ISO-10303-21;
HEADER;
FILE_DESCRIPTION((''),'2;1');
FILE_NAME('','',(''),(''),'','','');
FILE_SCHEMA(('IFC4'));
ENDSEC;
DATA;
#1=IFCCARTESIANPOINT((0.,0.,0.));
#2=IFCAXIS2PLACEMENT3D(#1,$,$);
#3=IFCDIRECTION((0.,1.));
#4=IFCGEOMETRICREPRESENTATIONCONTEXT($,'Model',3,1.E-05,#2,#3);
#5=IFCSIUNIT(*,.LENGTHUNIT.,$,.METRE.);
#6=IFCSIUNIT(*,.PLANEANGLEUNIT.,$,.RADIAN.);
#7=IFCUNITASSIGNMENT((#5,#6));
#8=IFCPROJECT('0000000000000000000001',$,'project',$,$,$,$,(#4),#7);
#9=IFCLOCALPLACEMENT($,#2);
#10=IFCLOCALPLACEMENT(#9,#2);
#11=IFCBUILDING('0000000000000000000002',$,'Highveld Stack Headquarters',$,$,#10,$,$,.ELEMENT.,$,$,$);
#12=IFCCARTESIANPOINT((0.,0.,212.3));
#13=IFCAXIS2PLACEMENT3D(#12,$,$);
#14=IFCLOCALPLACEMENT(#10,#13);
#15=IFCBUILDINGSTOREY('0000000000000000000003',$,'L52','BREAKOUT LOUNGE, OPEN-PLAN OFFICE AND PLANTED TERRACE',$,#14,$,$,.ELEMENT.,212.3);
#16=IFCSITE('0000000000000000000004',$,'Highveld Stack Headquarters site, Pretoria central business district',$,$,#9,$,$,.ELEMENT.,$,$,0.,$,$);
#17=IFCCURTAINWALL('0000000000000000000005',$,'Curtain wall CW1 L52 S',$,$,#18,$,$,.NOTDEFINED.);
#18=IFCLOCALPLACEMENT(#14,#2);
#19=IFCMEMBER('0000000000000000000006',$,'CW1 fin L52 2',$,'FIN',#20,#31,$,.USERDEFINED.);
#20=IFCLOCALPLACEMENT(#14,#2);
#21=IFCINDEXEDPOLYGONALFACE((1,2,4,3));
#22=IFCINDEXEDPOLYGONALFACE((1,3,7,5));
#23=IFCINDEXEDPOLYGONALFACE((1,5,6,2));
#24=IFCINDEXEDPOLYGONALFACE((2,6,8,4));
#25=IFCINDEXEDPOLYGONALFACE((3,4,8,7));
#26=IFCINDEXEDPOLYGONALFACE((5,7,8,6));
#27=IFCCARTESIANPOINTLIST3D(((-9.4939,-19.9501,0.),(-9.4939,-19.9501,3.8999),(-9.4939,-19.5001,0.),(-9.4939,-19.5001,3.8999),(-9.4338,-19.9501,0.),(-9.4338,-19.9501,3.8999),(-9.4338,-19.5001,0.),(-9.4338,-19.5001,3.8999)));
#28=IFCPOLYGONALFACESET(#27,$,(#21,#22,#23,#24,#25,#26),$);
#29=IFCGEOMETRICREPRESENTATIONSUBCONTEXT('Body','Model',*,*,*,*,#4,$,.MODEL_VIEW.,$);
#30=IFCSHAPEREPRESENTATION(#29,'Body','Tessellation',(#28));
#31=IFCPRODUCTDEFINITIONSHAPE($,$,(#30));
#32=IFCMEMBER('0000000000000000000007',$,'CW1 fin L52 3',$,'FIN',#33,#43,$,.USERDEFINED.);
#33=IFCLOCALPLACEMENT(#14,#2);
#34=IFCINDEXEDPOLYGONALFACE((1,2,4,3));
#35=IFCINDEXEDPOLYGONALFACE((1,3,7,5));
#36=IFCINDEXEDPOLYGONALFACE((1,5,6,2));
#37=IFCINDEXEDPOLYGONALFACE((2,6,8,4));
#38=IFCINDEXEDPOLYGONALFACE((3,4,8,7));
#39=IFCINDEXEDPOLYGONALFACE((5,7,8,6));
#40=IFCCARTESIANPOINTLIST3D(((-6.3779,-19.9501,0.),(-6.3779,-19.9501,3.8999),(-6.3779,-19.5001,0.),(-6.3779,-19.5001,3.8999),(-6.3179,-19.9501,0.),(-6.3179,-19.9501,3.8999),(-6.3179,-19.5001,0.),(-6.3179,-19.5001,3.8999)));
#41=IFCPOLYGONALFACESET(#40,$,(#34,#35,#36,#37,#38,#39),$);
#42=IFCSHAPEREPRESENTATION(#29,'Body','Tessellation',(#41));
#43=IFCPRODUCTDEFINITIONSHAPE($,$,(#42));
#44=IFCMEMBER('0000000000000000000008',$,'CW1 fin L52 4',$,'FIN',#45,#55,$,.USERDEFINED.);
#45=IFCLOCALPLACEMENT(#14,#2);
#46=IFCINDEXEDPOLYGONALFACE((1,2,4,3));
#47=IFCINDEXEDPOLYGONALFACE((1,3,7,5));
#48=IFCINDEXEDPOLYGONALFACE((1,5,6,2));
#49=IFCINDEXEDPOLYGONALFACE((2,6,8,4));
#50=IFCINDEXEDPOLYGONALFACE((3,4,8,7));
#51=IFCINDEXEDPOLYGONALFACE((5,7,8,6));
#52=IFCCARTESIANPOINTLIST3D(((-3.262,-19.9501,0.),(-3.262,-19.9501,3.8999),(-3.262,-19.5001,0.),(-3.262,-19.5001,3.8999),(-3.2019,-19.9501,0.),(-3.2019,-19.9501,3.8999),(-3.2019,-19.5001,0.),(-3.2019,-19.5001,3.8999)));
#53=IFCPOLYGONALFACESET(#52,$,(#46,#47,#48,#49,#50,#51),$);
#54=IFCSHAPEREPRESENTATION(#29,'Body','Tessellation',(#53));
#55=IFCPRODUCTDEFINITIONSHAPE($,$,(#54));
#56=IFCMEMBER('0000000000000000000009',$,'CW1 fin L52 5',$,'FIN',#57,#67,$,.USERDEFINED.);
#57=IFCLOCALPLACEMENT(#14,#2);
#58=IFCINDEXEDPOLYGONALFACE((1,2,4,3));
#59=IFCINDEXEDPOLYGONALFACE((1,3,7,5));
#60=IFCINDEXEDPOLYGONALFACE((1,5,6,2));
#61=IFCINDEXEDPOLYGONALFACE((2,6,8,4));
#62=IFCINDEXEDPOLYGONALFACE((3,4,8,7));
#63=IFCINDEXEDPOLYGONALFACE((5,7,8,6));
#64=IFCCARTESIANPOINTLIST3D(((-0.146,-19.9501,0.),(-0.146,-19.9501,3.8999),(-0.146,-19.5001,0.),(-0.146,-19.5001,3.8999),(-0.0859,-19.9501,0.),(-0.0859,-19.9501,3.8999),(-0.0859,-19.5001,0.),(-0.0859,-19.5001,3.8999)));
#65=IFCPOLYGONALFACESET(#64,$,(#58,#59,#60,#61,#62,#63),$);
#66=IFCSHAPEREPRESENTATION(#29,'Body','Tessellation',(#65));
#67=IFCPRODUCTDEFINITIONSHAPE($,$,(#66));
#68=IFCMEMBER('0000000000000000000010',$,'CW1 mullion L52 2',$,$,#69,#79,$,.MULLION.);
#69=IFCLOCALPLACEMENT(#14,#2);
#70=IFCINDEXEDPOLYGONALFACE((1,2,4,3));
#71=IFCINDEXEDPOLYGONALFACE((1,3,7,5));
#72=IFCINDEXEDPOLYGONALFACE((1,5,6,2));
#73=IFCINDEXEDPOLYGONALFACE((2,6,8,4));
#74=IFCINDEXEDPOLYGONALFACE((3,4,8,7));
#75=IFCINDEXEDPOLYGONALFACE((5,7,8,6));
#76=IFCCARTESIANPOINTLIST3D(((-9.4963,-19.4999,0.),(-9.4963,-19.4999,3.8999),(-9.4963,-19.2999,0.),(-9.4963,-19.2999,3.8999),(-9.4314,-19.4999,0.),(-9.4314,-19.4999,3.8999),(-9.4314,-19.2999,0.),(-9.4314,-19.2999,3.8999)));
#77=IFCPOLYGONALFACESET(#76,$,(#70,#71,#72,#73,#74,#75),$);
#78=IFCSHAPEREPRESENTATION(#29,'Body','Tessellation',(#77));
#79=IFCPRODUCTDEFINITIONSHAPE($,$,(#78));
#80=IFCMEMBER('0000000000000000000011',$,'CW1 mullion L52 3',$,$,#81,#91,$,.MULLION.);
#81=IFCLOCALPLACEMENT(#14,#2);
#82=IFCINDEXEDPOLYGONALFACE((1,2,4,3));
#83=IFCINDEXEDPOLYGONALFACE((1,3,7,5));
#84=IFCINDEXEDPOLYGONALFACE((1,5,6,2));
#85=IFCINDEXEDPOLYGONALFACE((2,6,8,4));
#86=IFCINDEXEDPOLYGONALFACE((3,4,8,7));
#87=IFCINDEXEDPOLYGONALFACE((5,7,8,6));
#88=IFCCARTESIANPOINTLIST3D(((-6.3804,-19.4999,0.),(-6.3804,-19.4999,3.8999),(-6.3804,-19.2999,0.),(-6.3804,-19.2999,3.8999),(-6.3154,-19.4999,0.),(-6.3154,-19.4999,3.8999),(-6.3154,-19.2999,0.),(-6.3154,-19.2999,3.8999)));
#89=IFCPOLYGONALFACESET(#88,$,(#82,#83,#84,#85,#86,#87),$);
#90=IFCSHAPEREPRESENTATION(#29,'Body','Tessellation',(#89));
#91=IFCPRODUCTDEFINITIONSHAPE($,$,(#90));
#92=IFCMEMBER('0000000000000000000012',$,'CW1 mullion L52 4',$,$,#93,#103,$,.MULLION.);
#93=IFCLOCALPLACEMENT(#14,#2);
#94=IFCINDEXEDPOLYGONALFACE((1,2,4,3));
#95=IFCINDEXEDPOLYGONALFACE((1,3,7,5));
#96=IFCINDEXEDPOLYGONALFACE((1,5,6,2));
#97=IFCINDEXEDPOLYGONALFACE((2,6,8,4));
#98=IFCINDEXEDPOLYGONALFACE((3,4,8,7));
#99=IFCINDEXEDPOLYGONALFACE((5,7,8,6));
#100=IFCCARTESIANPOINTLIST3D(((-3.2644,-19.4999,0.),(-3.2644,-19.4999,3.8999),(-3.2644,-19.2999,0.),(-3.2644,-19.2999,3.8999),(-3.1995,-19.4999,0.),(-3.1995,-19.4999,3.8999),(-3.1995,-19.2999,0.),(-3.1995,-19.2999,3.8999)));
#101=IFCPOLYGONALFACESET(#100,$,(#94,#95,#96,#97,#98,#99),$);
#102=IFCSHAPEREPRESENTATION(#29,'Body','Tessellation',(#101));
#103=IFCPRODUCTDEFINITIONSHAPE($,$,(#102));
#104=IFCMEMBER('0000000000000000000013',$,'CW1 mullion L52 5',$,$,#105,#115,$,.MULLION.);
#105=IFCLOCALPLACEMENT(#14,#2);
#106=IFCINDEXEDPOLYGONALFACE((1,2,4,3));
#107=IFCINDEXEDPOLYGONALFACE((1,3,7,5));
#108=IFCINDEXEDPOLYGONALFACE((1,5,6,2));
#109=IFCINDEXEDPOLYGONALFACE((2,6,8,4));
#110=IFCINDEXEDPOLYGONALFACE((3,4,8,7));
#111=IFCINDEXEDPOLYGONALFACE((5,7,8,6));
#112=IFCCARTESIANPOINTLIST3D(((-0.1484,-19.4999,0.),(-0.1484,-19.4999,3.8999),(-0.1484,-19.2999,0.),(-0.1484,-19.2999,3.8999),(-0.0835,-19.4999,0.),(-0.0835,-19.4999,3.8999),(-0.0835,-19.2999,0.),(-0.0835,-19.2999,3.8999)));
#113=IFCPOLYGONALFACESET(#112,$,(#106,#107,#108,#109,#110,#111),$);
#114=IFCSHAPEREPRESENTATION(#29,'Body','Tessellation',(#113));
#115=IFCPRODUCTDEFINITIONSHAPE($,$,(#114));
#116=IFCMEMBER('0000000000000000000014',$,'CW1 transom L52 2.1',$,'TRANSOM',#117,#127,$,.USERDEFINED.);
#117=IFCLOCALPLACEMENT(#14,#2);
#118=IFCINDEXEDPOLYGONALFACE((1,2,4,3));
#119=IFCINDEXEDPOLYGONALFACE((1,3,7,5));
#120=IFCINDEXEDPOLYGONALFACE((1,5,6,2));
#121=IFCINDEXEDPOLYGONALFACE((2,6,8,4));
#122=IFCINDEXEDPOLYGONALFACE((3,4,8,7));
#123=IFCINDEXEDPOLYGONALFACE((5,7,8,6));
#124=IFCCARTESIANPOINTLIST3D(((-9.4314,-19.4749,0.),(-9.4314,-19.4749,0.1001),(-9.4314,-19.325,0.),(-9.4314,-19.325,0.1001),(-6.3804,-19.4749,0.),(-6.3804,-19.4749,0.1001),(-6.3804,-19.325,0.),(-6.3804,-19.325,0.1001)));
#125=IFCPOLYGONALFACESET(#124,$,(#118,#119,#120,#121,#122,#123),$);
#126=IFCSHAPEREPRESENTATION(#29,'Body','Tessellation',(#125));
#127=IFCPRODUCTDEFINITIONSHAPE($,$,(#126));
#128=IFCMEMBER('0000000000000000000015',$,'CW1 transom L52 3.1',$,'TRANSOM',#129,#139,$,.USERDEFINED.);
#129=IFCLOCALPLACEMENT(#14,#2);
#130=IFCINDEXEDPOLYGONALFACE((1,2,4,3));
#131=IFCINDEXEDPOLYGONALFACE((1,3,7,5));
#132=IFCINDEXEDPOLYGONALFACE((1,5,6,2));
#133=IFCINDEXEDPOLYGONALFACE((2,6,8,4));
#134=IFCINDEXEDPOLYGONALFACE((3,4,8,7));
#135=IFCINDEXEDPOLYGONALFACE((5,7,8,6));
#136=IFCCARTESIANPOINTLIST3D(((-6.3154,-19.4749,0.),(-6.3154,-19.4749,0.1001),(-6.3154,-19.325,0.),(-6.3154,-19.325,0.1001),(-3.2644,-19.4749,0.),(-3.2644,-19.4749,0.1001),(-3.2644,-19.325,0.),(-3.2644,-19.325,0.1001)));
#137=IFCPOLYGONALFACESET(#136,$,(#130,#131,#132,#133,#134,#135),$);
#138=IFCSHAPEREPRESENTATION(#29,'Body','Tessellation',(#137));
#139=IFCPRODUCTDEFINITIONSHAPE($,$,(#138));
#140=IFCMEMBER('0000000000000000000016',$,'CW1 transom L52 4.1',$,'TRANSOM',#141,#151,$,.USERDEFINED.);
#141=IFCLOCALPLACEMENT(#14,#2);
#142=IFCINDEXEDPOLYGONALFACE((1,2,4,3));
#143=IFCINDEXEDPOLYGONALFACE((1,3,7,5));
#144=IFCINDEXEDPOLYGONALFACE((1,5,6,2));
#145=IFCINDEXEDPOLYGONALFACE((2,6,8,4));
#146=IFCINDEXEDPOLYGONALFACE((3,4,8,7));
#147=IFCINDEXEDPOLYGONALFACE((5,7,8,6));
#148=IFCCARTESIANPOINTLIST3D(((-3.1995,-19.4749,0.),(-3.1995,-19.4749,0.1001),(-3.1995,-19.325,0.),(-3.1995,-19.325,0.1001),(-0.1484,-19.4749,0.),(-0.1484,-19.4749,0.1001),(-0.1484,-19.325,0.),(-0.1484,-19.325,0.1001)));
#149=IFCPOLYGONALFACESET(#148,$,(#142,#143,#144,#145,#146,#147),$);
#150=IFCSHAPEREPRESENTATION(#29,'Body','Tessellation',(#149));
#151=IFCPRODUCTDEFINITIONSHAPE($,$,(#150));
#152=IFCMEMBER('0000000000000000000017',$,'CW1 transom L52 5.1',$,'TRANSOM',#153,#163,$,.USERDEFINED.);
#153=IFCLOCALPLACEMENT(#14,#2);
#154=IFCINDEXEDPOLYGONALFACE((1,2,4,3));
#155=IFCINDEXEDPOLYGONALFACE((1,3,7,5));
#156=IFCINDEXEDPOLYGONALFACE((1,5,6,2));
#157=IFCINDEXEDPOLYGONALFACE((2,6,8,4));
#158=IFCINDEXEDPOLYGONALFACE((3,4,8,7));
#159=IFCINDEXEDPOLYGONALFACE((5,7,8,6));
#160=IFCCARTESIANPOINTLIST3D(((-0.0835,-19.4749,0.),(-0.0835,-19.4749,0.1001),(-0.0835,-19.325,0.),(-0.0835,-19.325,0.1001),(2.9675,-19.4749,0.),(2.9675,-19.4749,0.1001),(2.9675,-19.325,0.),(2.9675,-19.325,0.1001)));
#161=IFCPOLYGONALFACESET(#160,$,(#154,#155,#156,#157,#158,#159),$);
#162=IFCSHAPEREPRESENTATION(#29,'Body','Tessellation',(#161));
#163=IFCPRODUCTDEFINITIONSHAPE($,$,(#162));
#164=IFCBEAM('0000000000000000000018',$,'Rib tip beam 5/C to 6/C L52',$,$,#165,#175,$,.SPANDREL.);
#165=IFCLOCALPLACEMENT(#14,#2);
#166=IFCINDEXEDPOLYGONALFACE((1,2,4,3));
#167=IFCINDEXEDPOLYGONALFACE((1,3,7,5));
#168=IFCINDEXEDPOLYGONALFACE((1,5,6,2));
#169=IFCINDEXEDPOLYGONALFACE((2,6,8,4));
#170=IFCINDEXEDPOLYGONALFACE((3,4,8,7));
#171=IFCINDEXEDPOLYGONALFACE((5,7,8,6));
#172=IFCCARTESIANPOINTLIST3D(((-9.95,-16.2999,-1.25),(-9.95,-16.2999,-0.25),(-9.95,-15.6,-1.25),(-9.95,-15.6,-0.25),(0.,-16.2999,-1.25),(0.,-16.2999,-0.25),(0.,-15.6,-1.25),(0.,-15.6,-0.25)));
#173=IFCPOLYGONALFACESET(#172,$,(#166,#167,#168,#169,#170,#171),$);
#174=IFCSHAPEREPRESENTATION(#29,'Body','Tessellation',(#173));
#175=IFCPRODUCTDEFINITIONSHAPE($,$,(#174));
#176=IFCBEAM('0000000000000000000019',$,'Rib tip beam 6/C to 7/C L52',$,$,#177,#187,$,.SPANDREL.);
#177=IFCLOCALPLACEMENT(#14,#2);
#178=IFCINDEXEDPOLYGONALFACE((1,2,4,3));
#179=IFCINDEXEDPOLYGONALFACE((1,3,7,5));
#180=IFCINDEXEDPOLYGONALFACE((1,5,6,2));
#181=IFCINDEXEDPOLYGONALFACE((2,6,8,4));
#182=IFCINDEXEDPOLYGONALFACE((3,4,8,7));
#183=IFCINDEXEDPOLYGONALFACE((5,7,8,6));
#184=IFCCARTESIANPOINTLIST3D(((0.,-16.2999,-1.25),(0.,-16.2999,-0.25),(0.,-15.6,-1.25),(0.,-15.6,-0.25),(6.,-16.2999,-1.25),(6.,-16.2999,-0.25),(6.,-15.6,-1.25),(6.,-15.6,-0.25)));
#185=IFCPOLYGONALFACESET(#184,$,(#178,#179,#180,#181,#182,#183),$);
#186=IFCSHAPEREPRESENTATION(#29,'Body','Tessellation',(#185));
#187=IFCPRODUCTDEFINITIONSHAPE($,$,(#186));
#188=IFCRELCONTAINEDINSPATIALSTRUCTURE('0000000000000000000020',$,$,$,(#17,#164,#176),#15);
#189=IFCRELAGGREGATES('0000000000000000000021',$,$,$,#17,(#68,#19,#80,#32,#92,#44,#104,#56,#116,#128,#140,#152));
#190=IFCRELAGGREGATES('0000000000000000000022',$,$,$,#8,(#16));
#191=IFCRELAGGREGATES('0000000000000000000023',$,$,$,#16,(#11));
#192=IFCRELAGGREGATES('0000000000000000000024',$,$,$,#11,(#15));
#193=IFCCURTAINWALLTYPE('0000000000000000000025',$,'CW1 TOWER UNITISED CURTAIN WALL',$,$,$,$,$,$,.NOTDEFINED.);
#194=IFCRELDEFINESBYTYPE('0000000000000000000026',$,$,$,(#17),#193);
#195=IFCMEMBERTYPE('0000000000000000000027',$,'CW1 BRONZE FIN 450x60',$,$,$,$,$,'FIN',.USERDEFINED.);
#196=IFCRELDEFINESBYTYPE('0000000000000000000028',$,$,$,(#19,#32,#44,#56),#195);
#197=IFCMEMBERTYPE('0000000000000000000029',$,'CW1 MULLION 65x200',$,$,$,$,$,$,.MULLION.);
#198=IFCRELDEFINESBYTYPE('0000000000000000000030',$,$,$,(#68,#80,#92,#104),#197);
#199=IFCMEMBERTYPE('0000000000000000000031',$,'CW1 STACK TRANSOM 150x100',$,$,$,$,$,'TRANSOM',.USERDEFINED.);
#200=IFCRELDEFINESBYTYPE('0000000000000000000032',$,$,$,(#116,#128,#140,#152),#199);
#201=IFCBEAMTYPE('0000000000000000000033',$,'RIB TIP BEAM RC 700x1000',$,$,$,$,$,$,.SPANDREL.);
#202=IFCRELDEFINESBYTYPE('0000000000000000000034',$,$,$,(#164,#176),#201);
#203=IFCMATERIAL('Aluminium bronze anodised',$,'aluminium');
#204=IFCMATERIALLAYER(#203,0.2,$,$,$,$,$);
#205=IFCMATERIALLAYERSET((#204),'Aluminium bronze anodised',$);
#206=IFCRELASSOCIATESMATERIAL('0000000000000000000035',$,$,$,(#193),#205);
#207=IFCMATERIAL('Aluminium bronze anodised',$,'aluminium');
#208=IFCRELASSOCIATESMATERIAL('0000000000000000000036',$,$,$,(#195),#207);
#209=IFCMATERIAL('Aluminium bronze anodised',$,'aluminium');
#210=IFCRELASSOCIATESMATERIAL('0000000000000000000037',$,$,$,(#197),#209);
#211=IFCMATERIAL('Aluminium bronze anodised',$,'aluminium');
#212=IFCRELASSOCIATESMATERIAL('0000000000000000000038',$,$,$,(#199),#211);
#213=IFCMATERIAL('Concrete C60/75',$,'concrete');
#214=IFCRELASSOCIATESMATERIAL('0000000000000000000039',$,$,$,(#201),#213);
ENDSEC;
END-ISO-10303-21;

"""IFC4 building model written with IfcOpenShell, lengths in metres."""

from ifc_helpers import new_model, si_unit, direction, frame, origin, origin_2d, place, context, subcontext, project, spatial, rectangle, extrude, material, layer, layer_set, material_profile, profile_set, type_object, element, aggregate, save


model = new_model("IFC4")

# Units and contexts
model_context = context("Model", 3, precision=1e-05, world=origin(), true_north=direction((0.0, 1.0)))
body_context = subcontext(model_context, "Body", "Model", "MODEL_VIEW")
ifc_project = project(units=[si_unit("LENGTHUNIT", "METRE"), si_unit("PLANEANGLEUNIT", "RADIAN")], contexts=[model_context])

# Site, building, storey
site_placement = place(None, origin())
site = spatial("IfcSite", under=ifc_project, at=site_placement, Name="Highveld Stack Headquarters site, Pretoria central business district", CompositionType="ELEMENT", RefElevation=0.0)
building_placement = place(site_placement, origin())
building = spatial("IfcBuilding", under=site, at=building_placement, Name="Highveld Stack Headquarters", CompositionType="ELEMENT")
storey_placement = place(building_placement, frame((0.0, 0.0, 212.3)))
storey = spatial("IfcBuildingStorey", under=building, at=storey_placement, Name="L52", Description="BREAKOUT LOUNGE, OPEN-PLAN OFFICE AND PLANTED TERRACE", CompositionType="ELEMENT", Elevation=212.3)

# Curtain wall, members
ifc_material_1 = material(Name="Aluminium bronze anodised", Category="aluminium")
ifc_layer_1 = layer(ifc_material_1, 0.2)
ifc_layer_set_1 = layer_set([ifc_layer_1], Name="Aluminium bronze anodised")
curtain_wall_type = type_object("IfcCurtainWallType", Name="CW1 TOWER UNITISED CURTAIN WALL", PredefinedType="NOTDEFINED", material=ifc_layer_set_1)
curtain_wall_placement = place(storey_placement, origin())
curtain_wall = element("IfcCurtainWall", 1, at=curtain_wall_placement, inside=storey, type_object=curtain_wall_type, Name="Curtain wall CW1 L52 S", PredefinedType="NOTDEFINED")
ifc_material_2 = material(Name="Aluminium bronze anodised", Category="aluminium")
ifc_material_profile_1 = material_profile(ifc_material_2, rectangle(XDim=0.45, YDim=0.0601, at=origin_2d()), Name="FIN 450x60")
ifc_profile_set_1 = profile_set([ifc_material_profile_1], Name="Aluminium bronze anodised")
member_type_1 = type_object("IfcMemberType", Name="CW1 BRONZE FIN 450x60", ElementType="FIN", PredefinedType="USERDEFINED", material=ifc_profile_set_1)
member_1_placement = place(storey_placement, frame((-9.4639, -19.7251, 0.0), z_axis=(0.0, 0.0, 1.0), x_axis=(0.0, 1.0, 0.0)))
member_1 = element("IfcMember", 2, at=member_1_placement, type_object=member_type_1, Name="CW1 fin L52 2", ObjectType="FIN", PredefinedType="USERDEFINED", context=body_context, shape_type="SweptSolid", body=[
    extrude(rectangle(XDim=0.45, YDim=0.0601, at=origin_2d()), origin(), (0.0, 0.0, 1.0), 3.8999),
])
member_2_placement = place(storey_placement, frame((-6.3479, -19.7251, 0.0), z_axis=(0.0, 0.0, 1.0), x_axis=(0.0, 1.0, 0.0)))
member_2 = element("IfcMember", 3, at=member_2_placement, type_object=member_type_1, Name="CW1 fin L52 3", ObjectType="FIN", PredefinedType="USERDEFINED", context=body_context, shape_type="SweptSolid", body=[
    extrude(rectangle(XDim=0.45, YDim=0.0601, at=origin_2d()), origin(), (0.0, 0.0, 1.0), 3.8999),
])
member_3_placement = place(storey_placement, frame((-3.2319, -19.7251, 0.0), z_axis=(0.0, 0.0, 1.0), x_axis=(0.0, 1.0, 0.0)))
member_3 = element("IfcMember", 4, at=member_3_placement, type_object=member_type_1, Name="CW1 fin L52 4", ObjectType="FIN", PredefinedType="USERDEFINED", context=body_context, shape_type="SweptSolid", body=[
    extrude(rectangle(XDim=0.45, YDim=0.0601, at=origin_2d()), origin(), (0.0, 0.0, 1.0), 3.8999),
])
member_4_placement = place(storey_placement, frame((-0.116, -19.7251, 0.0), z_axis=(0.0, 0.0, 1.0), x_axis=(0.0, 1.0, 0.0)))
member_4 = element("IfcMember", 5, at=member_4_placement, type_object=member_type_1, Name="CW1 fin L52 5", ObjectType="FIN", PredefinedType="USERDEFINED", context=body_context, shape_type="SweptSolid", body=[
    extrude(rectangle(XDim=0.45, YDim=0.0601, at=origin_2d()), origin(), (0.0, 0.0, 1.0), 3.8999),
])
ifc_material_3 = material(Name="Aluminium bronze anodised", Category="aluminium")
ifc_material_profile_2 = material_profile(ifc_material_3, rectangle(XDim=0.2, YDim=0.0649, at=origin_2d()), Name="CW1 MULLION 65x200")
ifc_profile_set_2 = profile_set([ifc_material_profile_2], Name="Aluminium bronze anodised")
member_type_2 = type_object("IfcMemberType", Name="CW1 MULLION 65x200", PredefinedType="MULLION", material=ifc_profile_set_2)
member_5_placement = place(storey_placement, frame((-9.4639, -19.3999, 0.0), z_axis=(0.0, 0.0, 1.0), x_axis=(0.0, 1.0, 0.0)))
member_5 = element("IfcMember", 6, at=member_5_placement, type_object=member_type_2, Name="CW1 mullion L52 2", PredefinedType="MULLION", context=body_context, shape_type="SweptSolid", body=[
    extrude(rectangle(XDim=0.2, YDim=0.0649, at=origin_2d()), origin(), (0.0, 0.0, 1.0), 3.8999),
])
member_6_placement = place(storey_placement, frame((-6.3479, -19.3999, 0.0), z_axis=(0.0, 0.0, 1.0), x_axis=(0.0, 1.0, 0.0)))
member_6 = element("IfcMember", 7, at=member_6_placement, type_object=member_type_2, Name="CW1 mullion L52 3", PredefinedType="MULLION", context=body_context, shape_type="SweptSolid", body=[
    extrude(rectangle(XDim=0.2, YDim=0.0649, at=origin_2d()), origin(), (0.0, 0.0, 1.0), 3.8999),
])
member_7_placement = place(storey_placement, frame((-3.2319, -19.3999, 0.0), z_axis=(0.0, 0.0, 1.0), x_axis=(0.0, 1.0, 0.0)))
member_7 = element("IfcMember", 8, at=member_7_placement, type_object=member_type_2, Name="CW1 mullion L52 4", PredefinedType="MULLION", context=body_context, shape_type="SweptSolid", body=[
    extrude(rectangle(XDim=0.2, YDim=0.0649, at=origin_2d()), origin(), (0.0, 0.0, 1.0), 3.8999),
])
member_8_placement = place(storey_placement, frame((-0.116, -19.3999, 0.0), z_axis=(0.0, 0.0, 1.0), x_axis=(0.0, 1.0, 0.0)))
member_8 = element("IfcMember", 9, at=member_8_placement, type_object=member_type_2, Name="CW1 mullion L52 5", PredefinedType="MULLION", context=body_context, shape_type="SweptSolid", body=[
    extrude(rectangle(XDim=0.2, YDim=0.0649, at=origin_2d()), origin(), (0.0, 0.0, 1.0), 3.8999),
])
ifc_material_4 = material(Name="Aluminium bronze anodised", Category="aluminium")
ifc_material_profile_3 = material_profile(ifc_material_4, rectangle(XDim=0.1499, YDim=0.1001, at=origin_2d()), Name="CW1 TRANSOM 150x100")
ifc_profile_set_3 = profile_set([ifc_material_profile_3], Name="Aluminium bronze anodised")
member_type_3 = type_object("IfcMemberType", Name="CW1 STACK TRANSOM 150x100", ElementType="TRANSOM", PredefinedType="USERDEFINED", material=ifc_profile_set_3)
member_9_placement = place(storey_placement, frame((-9.4314, -19.3999, 0.05), z_axis=(1.0, 0.0, 0.0), x_axis=(0.0, 1.0, 0.0)))
member_9 = element("IfcMember", 10, at=member_9_placement, type_object=member_type_3, Name="CW1 transom L52 2.1", ObjectType="TRANSOM", PredefinedType="USERDEFINED", context=body_context, shape_type="SweptSolid", body=[
    extrude(rectangle(XDim=0.1499, YDim=0.1001, at=origin_2d()), origin(), (0.0, 0.0, 1.0), 3.051),
])
member_10_placement = place(storey_placement, frame((-6.3154, -19.3999, 0.05), z_axis=(1.0, 0.0, 0.0), x_axis=(0.0, 1.0, 0.0)))
member_10 = element("IfcMember", 11, at=member_10_placement, type_object=member_type_3, Name="CW1 transom L52 3.1", ObjectType="TRANSOM", PredefinedType="USERDEFINED", context=body_context, shape_type="SweptSolid", body=[
    extrude(rectangle(XDim=0.1499, YDim=0.1001, at=origin_2d()), origin(), (0.0, 0.0, 1.0), 3.051),
])
member_11_placement = place(storey_placement, frame((-3.1995, -19.3999, 0.05), z_axis=(1.0, 0.0, 0.0), x_axis=(0.0, 1.0, 0.0)))
member_11 = element("IfcMember", 12, at=member_11_placement, type_object=member_type_3, Name="CW1 transom L52 4.1", ObjectType="TRANSOM", PredefinedType="USERDEFINED", context=body_context, shape_type="SweptSolid", body=[
    extrude(rectangle(XDim=0.1499, YDim=0.1001, at=origin_2d()), origin(), (0.0, 0.0, 1.0), 3.051),
])
member_12_placement = place(storey_placement, frame((-0.0835, -19.3999, 0.05), z_axis=(1.0, 0.0, 0.0), x_axis=(0.0, 1.0, 0.0)))
member_12 = element("IfcMember", 13, at=member_12_placement, type_object=member_type_3, Name="CW1 transom L52 5.1", ObjectType="TRANSOM", PredefinedType="USERDEFINED", context=body_context, shape_type="SweptSolid", body=[
    extrude(rectangle(XDim=0.1499, YDim=0.1001, at=origin_2d()), origin(), (0.0, 0.0, 1.0), 3.051),
])

# Beams
ifc_material_5 = material(Name="Concrete C60/75", Category="concrete")
ifc_material_profile_4 = material_profile(ifc_material_5, rectangle(XDim=0.7, YDim=1.0, at=origin_2d()), Name="RC 700x1000")
ifc_profile_set_4 = profile_set([ifc_material_profile_4], Name="Concrete C60/75")
beam_type = type_object("IfcBeamType", Name="RIB TIP BEAM RC 700x1000", PredefinedType="SPANDREL", material=ifc_profile_set_4)
beam_1_placement = place(storey_placement, frame((-9.95, -15.95, -0.75), z_axis=(1.0, 0.0, 0.0), x_axis=(0.0, 1.0, 0.0)))
element("IfcBeam", 14, at=beam_1_placement, inside=storey, type_object=beam_type, Name="Rib tip beam 5/C to 6/C L52", PredefinedType="SPANDREL", context=body_context, shape_type="SweptSolid", body=[
    extrude(rectangle(XDim=0.7, YDim=1.0, at=origin_2d()), origin(), (0.0, 0.0, 1.0), 9.95),
])
beam_2_placement = place(storey_placement, frame((0.0, -15.95, -0.75), z_axis=(1.0, 0.0, 0.0), x_axis=(0.0, 1.0, 0.0)))
element("IfcBeam", 15, at=beam_2_placement, inside=storey, type_object=beam_type, Name="Rib tip beam 6/C to 7/C L52", PredefinedType="SPANDREL", context=body_context, shape_type="SweptSolid", body=[
    extrude(rectangle(XDim=0.7, YDim=1.0, at=origin_2d()), origin(), (0.0, 0.0, 1.0), 6.0),
])

aggregate(curtain_wall, [member_5, member_1, member_6, member_2, member_7, member_3, member_8, member_4, member_9, member_10, member_11, member_12])

save(model, "model.ifc")
